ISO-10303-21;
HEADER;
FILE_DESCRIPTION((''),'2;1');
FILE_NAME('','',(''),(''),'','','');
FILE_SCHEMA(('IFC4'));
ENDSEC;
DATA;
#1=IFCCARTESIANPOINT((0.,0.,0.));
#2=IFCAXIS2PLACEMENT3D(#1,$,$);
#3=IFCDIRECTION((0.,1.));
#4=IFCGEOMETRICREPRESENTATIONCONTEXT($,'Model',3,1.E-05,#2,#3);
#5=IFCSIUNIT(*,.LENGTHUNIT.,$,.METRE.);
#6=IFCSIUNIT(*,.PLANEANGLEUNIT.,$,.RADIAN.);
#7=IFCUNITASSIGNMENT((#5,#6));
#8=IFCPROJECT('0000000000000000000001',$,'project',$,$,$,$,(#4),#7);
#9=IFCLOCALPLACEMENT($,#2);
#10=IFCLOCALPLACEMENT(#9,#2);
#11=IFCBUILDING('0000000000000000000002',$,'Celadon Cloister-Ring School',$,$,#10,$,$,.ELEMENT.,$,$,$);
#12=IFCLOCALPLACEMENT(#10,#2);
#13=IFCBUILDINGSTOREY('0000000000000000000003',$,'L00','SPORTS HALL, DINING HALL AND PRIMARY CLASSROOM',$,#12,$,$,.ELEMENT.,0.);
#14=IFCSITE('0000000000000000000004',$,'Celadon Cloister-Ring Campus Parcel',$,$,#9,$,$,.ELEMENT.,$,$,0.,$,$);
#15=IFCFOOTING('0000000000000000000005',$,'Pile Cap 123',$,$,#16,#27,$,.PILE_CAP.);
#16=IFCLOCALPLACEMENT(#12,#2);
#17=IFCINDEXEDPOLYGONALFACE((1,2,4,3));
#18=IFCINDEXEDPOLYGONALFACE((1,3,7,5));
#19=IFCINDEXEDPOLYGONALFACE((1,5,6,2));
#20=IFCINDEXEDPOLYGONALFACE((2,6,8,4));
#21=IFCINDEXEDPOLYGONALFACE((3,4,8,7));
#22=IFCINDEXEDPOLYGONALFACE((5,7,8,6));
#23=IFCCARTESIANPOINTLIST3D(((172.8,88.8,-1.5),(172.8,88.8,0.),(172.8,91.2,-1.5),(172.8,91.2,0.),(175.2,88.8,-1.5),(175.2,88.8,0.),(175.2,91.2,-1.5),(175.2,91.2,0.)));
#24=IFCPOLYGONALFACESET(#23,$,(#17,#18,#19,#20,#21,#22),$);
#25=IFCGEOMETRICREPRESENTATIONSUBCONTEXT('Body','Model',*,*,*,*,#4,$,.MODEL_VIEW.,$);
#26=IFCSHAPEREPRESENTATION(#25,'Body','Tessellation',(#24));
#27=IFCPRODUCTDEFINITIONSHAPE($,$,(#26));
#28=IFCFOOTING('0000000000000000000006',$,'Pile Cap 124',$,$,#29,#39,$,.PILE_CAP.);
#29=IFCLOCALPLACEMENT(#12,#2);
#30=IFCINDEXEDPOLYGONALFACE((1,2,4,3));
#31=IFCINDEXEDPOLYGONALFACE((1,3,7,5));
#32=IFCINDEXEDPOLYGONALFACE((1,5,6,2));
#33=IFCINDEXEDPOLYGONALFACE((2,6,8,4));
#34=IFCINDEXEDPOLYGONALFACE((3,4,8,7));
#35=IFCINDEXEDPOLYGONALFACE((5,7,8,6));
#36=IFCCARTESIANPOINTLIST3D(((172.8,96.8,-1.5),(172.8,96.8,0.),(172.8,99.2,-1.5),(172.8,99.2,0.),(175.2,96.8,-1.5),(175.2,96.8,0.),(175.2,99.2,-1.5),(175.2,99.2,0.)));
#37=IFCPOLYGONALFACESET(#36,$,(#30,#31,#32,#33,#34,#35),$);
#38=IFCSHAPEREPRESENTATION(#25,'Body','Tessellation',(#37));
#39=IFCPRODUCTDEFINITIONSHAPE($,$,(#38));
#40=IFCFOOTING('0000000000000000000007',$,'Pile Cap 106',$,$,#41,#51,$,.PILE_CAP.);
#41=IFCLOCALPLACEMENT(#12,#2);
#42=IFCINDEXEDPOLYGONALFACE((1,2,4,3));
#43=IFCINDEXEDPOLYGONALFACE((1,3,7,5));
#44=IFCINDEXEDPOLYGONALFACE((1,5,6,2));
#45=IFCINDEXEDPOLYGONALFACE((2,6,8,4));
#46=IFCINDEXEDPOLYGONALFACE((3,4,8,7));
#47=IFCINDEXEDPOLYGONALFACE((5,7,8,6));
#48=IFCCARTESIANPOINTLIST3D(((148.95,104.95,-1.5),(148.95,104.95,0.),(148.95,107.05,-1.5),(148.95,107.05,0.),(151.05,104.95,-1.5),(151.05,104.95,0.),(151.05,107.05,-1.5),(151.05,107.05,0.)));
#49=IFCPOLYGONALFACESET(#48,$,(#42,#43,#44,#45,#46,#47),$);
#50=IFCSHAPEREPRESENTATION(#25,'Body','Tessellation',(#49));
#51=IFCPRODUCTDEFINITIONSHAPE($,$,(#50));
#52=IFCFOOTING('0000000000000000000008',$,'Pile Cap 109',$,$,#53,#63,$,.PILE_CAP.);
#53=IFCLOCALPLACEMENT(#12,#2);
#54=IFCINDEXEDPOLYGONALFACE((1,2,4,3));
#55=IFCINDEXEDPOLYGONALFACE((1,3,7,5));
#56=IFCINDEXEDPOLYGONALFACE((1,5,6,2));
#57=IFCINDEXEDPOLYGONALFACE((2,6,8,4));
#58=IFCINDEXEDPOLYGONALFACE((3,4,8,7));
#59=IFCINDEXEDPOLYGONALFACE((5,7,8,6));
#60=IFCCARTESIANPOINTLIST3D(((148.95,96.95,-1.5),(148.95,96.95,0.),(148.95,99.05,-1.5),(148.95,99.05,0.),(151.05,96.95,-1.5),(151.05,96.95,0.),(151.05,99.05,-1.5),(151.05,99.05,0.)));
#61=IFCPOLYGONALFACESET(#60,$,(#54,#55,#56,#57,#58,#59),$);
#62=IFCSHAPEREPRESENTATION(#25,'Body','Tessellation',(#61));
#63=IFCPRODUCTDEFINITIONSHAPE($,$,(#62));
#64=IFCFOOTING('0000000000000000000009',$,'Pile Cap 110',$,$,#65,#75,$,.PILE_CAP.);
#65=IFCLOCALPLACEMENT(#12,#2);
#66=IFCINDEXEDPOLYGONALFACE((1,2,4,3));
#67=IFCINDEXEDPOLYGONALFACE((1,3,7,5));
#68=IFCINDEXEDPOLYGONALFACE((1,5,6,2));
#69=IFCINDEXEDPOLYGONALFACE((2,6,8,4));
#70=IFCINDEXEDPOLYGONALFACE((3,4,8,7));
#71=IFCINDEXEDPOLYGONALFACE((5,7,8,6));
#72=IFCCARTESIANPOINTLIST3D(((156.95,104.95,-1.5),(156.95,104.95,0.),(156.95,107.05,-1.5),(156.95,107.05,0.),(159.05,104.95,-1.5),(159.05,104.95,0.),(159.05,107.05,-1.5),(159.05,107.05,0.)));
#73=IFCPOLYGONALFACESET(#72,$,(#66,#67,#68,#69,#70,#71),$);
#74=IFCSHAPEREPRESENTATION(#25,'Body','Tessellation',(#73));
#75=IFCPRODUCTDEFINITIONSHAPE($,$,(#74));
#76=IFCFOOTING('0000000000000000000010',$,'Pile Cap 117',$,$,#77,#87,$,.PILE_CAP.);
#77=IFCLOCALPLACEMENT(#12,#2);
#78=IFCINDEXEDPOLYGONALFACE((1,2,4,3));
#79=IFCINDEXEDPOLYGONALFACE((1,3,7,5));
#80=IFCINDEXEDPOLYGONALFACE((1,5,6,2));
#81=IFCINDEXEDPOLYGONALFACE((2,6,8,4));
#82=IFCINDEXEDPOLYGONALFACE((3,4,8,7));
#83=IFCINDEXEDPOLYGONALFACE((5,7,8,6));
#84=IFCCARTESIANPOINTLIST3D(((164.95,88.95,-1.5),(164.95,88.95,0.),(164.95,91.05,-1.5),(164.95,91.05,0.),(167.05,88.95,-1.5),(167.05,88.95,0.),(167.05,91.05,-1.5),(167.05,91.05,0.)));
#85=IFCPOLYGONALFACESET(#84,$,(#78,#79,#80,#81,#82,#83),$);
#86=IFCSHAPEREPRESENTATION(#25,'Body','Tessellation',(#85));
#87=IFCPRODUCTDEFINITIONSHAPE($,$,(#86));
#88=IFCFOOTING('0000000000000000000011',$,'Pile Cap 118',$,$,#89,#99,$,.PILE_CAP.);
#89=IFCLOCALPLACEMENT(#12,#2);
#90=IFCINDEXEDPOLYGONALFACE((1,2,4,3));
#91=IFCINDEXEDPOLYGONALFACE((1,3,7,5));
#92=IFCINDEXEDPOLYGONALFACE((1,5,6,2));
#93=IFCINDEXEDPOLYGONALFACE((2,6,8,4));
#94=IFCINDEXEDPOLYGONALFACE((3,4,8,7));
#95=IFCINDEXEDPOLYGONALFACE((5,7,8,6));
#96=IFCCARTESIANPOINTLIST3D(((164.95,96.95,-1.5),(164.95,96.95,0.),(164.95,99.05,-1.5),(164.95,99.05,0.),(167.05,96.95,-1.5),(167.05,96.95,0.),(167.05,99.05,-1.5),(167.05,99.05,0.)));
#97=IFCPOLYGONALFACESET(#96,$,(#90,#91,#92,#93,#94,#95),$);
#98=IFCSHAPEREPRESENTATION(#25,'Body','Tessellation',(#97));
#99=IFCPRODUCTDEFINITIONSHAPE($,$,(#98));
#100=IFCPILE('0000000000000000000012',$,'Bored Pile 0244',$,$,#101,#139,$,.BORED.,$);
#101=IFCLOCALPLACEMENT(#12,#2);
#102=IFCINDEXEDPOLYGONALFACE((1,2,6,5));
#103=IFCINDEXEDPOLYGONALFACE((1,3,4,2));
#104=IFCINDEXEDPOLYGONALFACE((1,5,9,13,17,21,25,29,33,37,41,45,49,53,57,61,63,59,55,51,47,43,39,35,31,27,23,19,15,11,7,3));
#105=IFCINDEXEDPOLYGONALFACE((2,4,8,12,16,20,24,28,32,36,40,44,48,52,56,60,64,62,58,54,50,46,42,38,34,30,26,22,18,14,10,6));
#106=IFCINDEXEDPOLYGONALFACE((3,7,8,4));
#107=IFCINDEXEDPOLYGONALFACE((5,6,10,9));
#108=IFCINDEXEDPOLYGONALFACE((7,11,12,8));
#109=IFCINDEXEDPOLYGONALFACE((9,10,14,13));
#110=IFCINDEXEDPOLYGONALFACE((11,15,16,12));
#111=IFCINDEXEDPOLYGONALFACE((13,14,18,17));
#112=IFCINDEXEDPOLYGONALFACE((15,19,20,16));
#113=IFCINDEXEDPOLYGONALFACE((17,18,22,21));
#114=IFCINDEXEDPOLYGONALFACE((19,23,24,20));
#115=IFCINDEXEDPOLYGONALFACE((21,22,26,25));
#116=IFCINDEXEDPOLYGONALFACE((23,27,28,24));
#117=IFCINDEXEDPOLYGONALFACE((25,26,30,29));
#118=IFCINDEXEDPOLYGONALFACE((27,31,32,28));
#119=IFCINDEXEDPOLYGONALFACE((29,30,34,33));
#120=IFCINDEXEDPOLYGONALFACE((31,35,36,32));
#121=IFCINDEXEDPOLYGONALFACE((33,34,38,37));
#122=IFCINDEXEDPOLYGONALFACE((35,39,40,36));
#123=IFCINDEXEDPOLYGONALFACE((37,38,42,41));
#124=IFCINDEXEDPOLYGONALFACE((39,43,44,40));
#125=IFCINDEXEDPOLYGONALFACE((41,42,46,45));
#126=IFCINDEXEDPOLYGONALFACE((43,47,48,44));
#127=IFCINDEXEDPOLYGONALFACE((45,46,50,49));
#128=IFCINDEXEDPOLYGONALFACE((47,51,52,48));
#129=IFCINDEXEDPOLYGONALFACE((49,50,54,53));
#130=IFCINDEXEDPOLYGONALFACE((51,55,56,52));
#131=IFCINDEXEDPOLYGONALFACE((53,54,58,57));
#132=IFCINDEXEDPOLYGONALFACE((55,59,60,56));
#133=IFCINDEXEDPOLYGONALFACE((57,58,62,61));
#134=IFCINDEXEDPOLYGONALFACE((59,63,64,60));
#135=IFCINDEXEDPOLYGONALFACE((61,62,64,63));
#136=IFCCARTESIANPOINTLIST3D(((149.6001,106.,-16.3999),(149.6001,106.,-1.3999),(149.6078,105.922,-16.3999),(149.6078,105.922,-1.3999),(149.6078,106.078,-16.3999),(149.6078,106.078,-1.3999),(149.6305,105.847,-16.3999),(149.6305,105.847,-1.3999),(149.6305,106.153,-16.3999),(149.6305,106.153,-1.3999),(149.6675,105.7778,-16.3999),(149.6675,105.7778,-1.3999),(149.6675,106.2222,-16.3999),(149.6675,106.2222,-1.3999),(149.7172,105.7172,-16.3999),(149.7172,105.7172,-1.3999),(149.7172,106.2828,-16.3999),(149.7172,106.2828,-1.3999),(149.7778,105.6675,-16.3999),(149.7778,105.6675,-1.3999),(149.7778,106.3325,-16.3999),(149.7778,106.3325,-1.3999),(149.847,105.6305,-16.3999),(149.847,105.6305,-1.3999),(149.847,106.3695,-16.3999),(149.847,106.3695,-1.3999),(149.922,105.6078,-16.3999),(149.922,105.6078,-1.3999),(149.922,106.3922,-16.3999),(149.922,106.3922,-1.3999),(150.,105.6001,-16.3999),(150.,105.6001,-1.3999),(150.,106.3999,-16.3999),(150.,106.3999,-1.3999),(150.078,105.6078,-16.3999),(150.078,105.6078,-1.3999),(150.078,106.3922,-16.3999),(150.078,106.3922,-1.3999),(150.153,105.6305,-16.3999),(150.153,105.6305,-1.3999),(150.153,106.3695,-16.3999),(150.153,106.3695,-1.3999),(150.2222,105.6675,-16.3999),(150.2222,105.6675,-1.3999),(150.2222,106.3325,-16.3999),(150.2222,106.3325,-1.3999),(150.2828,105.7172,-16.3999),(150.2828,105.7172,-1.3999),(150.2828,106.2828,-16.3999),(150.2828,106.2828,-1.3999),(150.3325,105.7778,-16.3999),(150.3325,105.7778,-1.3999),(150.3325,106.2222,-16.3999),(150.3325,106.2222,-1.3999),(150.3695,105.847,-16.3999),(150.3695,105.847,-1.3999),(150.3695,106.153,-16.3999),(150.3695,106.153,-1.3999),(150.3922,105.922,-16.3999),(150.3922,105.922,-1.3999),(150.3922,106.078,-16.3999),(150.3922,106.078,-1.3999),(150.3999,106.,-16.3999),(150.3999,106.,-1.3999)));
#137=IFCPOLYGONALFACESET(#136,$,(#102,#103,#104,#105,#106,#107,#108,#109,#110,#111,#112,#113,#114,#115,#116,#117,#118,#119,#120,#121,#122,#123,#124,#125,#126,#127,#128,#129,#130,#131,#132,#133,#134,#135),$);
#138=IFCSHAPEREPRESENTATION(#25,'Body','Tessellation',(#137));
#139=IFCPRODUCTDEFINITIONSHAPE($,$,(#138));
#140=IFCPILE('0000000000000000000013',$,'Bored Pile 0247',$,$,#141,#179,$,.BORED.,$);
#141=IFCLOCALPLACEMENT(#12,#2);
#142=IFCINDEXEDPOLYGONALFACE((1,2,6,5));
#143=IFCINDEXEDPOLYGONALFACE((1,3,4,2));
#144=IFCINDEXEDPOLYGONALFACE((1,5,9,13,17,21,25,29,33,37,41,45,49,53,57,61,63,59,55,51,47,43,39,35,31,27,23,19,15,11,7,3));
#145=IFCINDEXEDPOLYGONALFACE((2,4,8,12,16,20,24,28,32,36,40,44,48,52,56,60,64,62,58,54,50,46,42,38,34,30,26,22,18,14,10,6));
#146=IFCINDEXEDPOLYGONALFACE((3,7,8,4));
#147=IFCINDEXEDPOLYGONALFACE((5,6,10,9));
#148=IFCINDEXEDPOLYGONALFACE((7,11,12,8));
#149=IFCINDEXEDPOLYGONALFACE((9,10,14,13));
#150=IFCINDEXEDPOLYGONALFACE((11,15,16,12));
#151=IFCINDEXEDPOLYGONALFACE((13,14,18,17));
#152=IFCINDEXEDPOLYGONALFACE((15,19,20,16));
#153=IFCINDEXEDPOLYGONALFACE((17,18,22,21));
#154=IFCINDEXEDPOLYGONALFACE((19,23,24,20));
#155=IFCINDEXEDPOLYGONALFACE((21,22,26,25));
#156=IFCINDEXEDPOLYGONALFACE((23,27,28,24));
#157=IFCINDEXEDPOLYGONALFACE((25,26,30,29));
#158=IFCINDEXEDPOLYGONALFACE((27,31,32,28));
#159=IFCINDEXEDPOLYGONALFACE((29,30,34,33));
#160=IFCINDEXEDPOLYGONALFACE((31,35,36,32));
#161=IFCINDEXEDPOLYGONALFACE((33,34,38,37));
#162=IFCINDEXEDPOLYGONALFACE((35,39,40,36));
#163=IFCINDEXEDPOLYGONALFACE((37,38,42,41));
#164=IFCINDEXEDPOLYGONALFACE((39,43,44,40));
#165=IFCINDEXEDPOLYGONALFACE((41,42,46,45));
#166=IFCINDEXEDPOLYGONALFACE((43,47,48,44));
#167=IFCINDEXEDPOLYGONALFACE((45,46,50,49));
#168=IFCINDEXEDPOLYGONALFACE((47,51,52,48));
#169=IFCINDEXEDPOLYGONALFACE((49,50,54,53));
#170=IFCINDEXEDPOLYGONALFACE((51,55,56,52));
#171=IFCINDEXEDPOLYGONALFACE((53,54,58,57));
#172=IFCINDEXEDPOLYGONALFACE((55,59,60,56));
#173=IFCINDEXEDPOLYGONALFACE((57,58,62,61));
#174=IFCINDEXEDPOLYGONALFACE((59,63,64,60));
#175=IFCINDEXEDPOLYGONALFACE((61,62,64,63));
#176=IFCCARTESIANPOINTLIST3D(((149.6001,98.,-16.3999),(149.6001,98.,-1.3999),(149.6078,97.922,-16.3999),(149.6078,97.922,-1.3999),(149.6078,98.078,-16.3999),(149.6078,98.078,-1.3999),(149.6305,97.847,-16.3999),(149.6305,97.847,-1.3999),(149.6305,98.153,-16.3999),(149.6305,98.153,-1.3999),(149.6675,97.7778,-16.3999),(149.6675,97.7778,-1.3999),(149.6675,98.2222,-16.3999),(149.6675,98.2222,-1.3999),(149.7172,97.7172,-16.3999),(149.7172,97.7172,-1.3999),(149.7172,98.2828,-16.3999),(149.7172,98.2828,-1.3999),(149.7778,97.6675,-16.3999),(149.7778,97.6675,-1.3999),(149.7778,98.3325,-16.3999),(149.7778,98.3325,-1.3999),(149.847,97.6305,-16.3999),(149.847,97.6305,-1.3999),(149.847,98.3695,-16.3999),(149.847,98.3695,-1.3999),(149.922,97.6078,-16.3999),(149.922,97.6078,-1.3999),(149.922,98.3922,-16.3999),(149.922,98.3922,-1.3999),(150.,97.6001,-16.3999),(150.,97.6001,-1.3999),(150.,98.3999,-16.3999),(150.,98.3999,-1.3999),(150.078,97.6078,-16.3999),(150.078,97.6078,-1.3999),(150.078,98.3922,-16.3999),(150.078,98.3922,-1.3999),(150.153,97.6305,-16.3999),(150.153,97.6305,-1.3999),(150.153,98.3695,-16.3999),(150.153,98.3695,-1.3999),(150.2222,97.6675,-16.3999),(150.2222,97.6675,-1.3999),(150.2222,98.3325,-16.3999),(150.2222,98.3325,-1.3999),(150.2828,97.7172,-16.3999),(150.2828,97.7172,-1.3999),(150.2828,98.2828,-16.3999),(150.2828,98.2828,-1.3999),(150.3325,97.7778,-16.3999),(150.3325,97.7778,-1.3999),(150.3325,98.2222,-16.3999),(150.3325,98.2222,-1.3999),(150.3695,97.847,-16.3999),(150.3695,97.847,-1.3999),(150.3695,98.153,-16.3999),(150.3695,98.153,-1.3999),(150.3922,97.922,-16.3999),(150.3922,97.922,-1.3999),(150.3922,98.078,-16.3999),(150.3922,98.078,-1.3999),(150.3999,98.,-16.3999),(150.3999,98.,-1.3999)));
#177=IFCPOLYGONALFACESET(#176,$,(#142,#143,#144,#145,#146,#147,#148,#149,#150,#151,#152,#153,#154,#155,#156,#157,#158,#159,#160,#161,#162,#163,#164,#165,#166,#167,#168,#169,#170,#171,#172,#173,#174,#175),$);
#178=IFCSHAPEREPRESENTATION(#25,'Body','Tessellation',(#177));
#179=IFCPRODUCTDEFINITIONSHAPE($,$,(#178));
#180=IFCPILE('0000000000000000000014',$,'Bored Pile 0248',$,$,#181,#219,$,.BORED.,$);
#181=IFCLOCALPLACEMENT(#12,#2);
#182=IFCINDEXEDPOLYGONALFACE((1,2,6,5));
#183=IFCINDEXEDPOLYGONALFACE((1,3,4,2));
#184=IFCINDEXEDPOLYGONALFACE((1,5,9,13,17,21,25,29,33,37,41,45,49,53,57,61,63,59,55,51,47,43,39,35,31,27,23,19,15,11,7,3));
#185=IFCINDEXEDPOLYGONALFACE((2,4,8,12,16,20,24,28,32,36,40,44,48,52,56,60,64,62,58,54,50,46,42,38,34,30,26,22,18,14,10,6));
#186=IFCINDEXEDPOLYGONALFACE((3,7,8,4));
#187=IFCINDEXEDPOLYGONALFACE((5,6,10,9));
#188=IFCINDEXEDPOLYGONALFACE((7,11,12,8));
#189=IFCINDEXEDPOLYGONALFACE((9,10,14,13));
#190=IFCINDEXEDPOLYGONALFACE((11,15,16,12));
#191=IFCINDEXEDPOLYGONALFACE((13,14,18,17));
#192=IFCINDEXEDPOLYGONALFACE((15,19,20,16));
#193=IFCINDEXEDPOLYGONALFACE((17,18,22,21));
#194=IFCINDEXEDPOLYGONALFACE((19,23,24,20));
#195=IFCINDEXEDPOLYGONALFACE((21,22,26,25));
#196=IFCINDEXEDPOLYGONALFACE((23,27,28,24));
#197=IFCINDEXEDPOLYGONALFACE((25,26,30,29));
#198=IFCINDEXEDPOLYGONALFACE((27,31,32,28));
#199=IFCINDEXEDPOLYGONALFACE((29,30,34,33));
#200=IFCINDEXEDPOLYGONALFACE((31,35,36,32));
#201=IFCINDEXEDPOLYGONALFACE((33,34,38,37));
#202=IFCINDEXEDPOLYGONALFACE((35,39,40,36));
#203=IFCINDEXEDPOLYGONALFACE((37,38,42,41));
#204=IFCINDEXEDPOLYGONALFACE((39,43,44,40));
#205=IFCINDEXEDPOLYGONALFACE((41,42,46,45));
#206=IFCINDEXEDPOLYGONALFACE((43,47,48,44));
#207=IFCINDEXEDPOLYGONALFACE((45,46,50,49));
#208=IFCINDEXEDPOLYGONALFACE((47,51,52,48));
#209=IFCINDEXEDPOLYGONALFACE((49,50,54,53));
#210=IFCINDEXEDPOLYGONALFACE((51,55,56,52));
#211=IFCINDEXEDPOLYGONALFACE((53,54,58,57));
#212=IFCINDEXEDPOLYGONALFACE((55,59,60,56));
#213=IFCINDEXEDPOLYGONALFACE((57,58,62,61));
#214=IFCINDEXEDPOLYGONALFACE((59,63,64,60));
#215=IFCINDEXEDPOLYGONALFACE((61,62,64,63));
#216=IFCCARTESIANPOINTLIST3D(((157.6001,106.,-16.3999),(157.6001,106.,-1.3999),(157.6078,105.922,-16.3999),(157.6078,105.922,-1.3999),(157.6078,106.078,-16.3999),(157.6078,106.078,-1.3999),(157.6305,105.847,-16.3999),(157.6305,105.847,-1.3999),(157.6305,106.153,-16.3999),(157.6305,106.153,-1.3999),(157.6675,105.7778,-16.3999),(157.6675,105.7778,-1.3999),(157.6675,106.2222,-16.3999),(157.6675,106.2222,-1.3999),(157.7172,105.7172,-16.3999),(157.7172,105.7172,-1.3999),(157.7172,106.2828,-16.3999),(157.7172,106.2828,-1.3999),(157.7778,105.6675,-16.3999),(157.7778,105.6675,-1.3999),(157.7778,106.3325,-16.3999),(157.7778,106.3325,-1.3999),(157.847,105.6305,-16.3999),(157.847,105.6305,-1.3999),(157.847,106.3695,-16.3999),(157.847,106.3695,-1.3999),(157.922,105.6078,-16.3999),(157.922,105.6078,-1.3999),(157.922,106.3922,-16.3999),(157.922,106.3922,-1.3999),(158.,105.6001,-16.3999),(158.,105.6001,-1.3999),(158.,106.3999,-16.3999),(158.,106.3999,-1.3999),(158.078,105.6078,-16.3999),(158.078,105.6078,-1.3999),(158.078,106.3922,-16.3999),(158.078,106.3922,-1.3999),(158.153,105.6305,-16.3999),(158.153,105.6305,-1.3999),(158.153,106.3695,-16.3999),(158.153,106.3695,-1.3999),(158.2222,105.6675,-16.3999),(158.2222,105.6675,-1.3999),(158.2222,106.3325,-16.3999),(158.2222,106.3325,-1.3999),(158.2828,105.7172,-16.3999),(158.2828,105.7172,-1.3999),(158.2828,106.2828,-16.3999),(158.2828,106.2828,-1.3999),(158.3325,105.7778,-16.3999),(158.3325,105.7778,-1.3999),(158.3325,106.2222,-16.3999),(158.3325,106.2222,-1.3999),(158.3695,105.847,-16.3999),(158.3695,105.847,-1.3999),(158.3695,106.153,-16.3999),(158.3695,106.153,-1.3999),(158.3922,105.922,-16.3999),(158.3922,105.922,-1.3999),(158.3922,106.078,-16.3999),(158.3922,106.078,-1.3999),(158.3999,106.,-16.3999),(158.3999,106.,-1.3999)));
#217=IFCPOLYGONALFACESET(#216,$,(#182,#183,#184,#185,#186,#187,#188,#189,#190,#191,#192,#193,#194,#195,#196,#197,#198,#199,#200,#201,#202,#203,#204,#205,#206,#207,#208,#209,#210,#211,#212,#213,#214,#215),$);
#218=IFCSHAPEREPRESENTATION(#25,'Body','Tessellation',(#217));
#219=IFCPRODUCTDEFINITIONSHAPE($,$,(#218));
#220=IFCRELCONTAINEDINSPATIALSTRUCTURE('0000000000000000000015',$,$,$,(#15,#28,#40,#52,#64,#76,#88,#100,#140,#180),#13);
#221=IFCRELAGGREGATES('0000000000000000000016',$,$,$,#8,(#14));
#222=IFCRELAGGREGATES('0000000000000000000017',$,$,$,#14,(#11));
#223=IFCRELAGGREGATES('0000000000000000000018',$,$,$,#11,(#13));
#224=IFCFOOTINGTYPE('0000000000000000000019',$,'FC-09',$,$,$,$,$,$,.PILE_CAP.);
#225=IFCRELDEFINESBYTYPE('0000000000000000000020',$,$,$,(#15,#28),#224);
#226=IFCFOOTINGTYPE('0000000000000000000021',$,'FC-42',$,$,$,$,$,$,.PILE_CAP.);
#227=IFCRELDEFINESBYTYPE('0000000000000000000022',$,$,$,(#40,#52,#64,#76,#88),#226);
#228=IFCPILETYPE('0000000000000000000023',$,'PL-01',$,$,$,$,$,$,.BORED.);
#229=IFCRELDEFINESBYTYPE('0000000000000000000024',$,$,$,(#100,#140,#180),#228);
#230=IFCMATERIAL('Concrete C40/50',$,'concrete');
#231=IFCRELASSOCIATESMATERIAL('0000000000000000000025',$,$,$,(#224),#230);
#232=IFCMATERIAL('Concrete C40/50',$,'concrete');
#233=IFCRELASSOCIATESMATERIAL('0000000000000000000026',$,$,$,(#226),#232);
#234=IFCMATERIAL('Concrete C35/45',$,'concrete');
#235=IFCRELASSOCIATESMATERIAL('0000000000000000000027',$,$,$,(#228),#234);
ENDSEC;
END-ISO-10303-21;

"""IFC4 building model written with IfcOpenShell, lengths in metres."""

from ifc_helpers import new_model, si_unit, direction, frame, origin, origin_2d, place, context, subcontext, project, spatial, rectangle, circle, extrude, material, material_profile, profile_set, type_object, element, save


model = new_model("IFC4")

# Units and contexts
model_context = context("Model", 3, precision=1e-05, world=origin(), true_north=direction((0.0, 1.0)))
body_context = subcontext(model_context, "Body", "Model", "MODEL_VIEW")
ifc_project = project(units=[si_unit("LENGTHUNIT", "METRE"), si_unit("PLANEANGLEUNIT", "RADIAN")], contexts=[model_context])

# Site, building, storey
site_placement = place(None, origin())
site = spatial("IfcSite", under=ifc_project, at=site_placement, Name="Celadon Cloister-Ring Campus Parcel", CompositionType="ELEMENT", RefElevation=0.0)
building_placement = place(site_placement, origin())
building = spatial("IfcBuilding", under=site, at=building_placement, Name="Celadon Cloister-Ring School", CompositionType="ELEMENT")
storey_placement = place(building_placement, origin())
storey = spatial("IfcBuildingStorey", under=building, at=storey_placement, Name="L00", Description="SPORTS HALL, DINING HALL AND PRIMARY CLASSROOM", CompositionType="ELEMENT", Elevation=0.0)

# Footings
ifc_material_1 = material(Name="Concrete C40/50", Category="concrete")
footing_type_1 = type_object("IfcFootingType", Name="FC-09", PredefinedType="PILE_CAP", material=ifc_material_1)
for number, where, z_axis, x_axis, name in (
    (1, (174.0, 90.0, -1.5), (0.0, 0.0, 1.0), (1.0, 0.0, 0.0), "Pile Cap 123"),
    (2, (174.0, 98.0, -1.5), (0.0, 0.0, 1.0), (1.0, 0.0, 0.0), "Pile Cap 124"),
):
    element("IfcFooting", number, at=place(storey_placement, frame(where, z_axis=z_axis, x_axis=x_axis)), inside=storey, type_object=footing_type_1, Name=name, PredefinedType="PILE_CAP", context=body_context, shape_type="SweptSolid", body=[
        extrude(rectangle(XDim=2.3999, YDim=2.3999, at=origin_2d()), origin(), (0.0, 0.0, 1.0), 1.5),
    ])
ifc_material_2 = material(Name="Concrete C40/50", Category="concrete")
footing_type_2 = type_object("IfcFootingType", Name="FC-42", PredefinedType="PILE_CAP", material=ifc_material_2)
for number, where, z_axis, x_axis, name in (
    (3, (150.0, 106.0, -1.5), (0.0, 0.0, 1.0), (1.0, 0.0, 0.0), "Pile Cap 106"),
    (4, (150.0, 98.0, -1.5), (0.0, 0.0, 1.0), (1.0, 0.0, 0.0), "Pile Cap 109"),
    (5, (158.0, 106.0, -1.5), (0.0, 0.0, 1.0), (1.0, 0.0, 0.0), "Pile Cap 110"),
    (6, (166.0, 90.0, -1.5), (0.0, 0.0, 1.0), (1.0, 0.0, 0.0), "Pile Cap 117"),
    (7, (166.0, 98.0, -1.5), (0.0, 0.0, 1.0), (1.0, 0.0, 0.0), "Pile Cap 118"),
):
    element("IfcFooting", number, at=place(storey_placement, frame(where, z_axis=z_axis, x_axis=x_axis)), inside=storey, type_object=footing_type_2, Name=name, PredefinedType="PILE_CAP", context=body_context, shape_type="SweptSolid", body=[
        extrude(rectangle(XDim=2.1001, YDim=2.1001, at=origin_2d()), origin(), (0.0, 0.0, 1.0), 1.5),
    ])

# Piles
ifc_material_3 = material(Name="Concrete C35/45", Category="concrete")
ifc_material_profile_1 = material_profile(ifc_material_3, circle(Radius=0.3999, at=origin_2d()), Name="PILE800")
ifc_profile_set_1 = profile_set([ifc_material_profile_1], Name="Concrete C35/45")
pile_type = type_object("IfcPileType", Name="PL-01", PredefinedType="BORED", material=ifc_profile_set_1)
for number, where, z_axis, x_axis, name in (
    (8, (150.0, 106.0, -1.3999), (0.0, 0.0, -1.0), (1.0, 0.0, 0.0), "Bored Pile 0244"),
    (9, (150.0, 98.0, -1.3999), (0.0, 0.0, -1.0), (1.0, 0.0, 0.0), "Bored Pile 0247"),
    (10, (158.0, 106.0, -1.3999), (0.0, 0.0, -1.0), (1.0, 0.0, 0.0), "Bored Pile 0248"),
):
    element("IfcPile", number, at=place(storey_placement, frame(where, z_axis=z_axis, x_axis=x_axis)), inside=storey, type_object=pile_type, Name=name, PredefinedType="BORED", context=body_context, shape_type="SweptSolid", body=[
        extrude(circle(Radius=0.3999, at=origin_2d()), origin(), (0.0, 0.0, 1.0), 15.0),
    ])

save(model, "model.ifc")
